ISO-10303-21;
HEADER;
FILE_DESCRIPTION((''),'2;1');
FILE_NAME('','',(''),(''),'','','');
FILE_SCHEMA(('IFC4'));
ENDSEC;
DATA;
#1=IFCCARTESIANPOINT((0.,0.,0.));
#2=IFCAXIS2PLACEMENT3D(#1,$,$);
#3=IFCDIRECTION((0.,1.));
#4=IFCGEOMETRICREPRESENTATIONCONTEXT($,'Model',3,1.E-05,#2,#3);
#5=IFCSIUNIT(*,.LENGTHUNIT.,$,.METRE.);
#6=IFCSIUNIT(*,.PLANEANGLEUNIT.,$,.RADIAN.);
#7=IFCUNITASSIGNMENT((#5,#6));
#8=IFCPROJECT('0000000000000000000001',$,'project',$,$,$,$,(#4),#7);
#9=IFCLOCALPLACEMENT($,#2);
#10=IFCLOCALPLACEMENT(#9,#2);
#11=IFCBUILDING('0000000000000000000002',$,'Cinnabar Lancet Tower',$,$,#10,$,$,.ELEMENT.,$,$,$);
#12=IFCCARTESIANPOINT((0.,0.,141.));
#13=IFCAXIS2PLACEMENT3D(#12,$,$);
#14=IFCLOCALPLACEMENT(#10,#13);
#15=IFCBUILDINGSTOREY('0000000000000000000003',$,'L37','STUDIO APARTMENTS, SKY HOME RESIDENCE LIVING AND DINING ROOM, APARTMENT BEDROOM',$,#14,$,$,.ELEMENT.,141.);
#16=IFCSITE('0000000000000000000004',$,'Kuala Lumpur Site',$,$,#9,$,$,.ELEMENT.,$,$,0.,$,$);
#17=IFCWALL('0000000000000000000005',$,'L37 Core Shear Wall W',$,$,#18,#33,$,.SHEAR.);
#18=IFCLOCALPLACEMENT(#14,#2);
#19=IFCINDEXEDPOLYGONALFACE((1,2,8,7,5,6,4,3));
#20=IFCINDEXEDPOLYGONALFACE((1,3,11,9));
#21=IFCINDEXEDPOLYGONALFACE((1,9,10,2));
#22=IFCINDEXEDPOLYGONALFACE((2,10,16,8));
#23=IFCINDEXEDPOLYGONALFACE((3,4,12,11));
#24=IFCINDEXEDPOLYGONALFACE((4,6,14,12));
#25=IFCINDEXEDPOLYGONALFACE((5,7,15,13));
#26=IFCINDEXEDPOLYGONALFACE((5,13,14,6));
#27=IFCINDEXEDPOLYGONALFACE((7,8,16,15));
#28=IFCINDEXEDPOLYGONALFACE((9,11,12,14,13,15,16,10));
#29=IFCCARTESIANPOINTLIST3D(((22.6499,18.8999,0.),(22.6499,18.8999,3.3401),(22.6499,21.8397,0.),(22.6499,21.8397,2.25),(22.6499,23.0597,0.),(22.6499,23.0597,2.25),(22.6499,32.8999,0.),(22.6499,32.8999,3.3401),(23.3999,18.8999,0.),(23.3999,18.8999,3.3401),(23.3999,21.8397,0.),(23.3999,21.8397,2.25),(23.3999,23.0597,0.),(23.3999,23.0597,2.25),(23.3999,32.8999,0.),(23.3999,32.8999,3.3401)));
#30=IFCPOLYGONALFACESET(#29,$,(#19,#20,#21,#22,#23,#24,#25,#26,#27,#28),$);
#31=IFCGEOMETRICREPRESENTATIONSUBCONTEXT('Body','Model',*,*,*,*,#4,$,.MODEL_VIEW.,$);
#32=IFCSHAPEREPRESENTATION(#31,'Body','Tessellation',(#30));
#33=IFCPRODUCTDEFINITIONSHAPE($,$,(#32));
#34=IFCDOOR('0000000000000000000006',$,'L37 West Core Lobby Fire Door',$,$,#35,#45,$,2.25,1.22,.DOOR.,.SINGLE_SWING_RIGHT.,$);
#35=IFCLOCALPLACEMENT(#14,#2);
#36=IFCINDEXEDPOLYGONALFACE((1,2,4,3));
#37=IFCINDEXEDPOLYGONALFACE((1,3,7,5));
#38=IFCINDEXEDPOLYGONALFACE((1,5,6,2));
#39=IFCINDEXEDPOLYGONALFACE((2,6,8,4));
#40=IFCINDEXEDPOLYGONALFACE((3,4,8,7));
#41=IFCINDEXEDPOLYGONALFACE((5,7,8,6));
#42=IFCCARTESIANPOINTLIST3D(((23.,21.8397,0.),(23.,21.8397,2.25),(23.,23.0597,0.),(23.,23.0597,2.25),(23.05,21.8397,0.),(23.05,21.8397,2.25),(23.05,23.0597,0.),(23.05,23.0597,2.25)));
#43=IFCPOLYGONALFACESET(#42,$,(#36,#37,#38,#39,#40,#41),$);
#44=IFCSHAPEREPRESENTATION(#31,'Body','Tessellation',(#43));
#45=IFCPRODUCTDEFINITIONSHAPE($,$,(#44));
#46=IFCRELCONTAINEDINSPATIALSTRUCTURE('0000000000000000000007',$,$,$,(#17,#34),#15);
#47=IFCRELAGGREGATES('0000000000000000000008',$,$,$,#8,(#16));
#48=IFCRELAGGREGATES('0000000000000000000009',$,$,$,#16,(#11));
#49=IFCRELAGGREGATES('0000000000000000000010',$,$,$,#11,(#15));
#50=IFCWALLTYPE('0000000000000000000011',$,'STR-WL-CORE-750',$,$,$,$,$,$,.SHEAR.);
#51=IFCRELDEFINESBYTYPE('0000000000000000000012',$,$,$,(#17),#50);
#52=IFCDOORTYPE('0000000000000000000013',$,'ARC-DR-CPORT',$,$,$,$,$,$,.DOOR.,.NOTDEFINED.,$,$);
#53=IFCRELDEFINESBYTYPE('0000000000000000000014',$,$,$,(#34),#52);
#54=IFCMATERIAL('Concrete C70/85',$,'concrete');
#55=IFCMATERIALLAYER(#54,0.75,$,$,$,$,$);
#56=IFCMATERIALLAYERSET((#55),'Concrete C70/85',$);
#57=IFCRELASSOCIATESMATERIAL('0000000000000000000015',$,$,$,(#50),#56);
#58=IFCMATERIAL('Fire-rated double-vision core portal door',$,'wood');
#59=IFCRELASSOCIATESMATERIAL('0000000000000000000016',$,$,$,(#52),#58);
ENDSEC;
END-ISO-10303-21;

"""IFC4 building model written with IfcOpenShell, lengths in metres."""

from ifc_helpers import new_model, si_unit, direction, frame, frame_2d, origin, place, context, subcontext, project, spatial, rectangle, extrude, material, layer, layer_set, type_object, element, fill, save


model = new_model("IFC4")

# Units and contexts
model_context = context("Model", 3, precision=1e-05, world=origin(), true_north=direction((0.0, 1.0)))
body_context = subcontext(model_context, "Body", "Model", "MODEL_VIEW")
ifc_project = project(units=[si_unit("LENGTHUNIT", "METRE"), si_unit("PLANEANGLEUNIT", "RADIAN")], contexts=[model_context])

# Site, building, storey
site_placement = place(None, origin())
site = spatial("IfcSite", under=ifc_project, at=site_placement, Name="Kuala Lumpur Site", CompositionType="ELEMENT", RefElevation=0.0)
building_placement = place(site_placement, origin())
building = spatial("IfcBuilding", under=site, at=building_placement, Name="Cinnabar Lancet Tower", CompositionType="ELEMENT")
storey_placement = place(building_placement, frame((0.0, 0.0, 141.0)))
storey = spatial("IfcBuildingStorey", under=building, at=storey_placement, Name="L37", Description="STUDIO APARTMENTS, SKY HOME RESIDENCE LIVING AND DINING ROOM, APARTMENT BEDROOM", CompositionType="ELEMENT", Elevation=141.0)

# Shared definitions
ifc_material_1 = material(Name="Concrete C70/85", Category="concrete")
ifc_layer_1 = layer(ifc_material_1, 0.75)
ifc_layer_set_1 = layer_set([ifc_layer_1], Name="Concrete C70/85")
wall_type_1 = type_object("IfcWallType", Name="STR-WL-CORE-750", PredefinedType="SHEAR", material=ifc_layer_set_1)

# Wall, opening, door
wall_1_placement = place(storey_placement, frame((23.0249, 18.8999, 0.0), z_axis=(0.0, 0.0, 1.0), x_axis=(0.0, 1.0, 0.0)))
wall_1 = element("IfcWall", 1, at=wall_1_placement, inside=storey, type_object=wall_type_1, Name="L37 Core Shear Wall W", PredefinedType="SHEAR", context=body_context, shape_type="SweptSolid", body=[
    extrude(rectangle(XDim=14.0, YDim=0.75, at=frame_2d((7.0, 0.0))), origin(), (0.0, 0.0, 1.0), 3.3401),
])
opening_1_placement = place(wall_1_placement, frame((2.9399, 0.0, 0.0)))
opening_1 = element("IfcOpeningElement", 2, at=opening_1_placement, cuts=wall_1, PredefinedType="OPENING", context=body_context, shape_type="SweptSolid", body=[
    extrude(rectangle(XDim=1.22, YDim=2.25, at=frame_2d((0.6099, 1.125))), frame((0.0, 0.385, 0.0), z_axis=(0.0, -1.0, 0.0), x_axis=(1.0, 0.0, 0.0)), (0.0, 0.0, 1.0), 0.77),
])
ifc_material_2 = material(Name="Fire-rated double-vision core portal door", Category="wood")
door_type_1 = type_object("IfcDoorType", Name="ARC-DR-CPORT", OperationType="NOTDEFINED", PredefinedType="DOOR", material=ifc_material_2)
door_1_placement = place(opening_1_placement, origin())
door_1 = element("IfcDoor", 3, at=door_1_placement, inside=storey, type_object=door_type_1, Name="L37 West Core Lobby Fire Door", OperationType="SINGLE_SWING_RIGHT", OverallHeight=2.25, OverallWidth=1.22, PredefinedType="DOOR", context=body_context, shape_type="SweptSolid", body=[
    extrude(rectangle(XDim=1.22, YDim=2.25, at=frame_2d((0.6099, 1.125))), frame((0.0, 0.0249, 0.0), z_axis=(0.0, -1.0, 0.0), x_axis=(1.0, 0.0, 0.0)), (0.0, 0.0, 1.0), 0.05),
])
fill(opening_1, door_1)

save(model, "model.ifc")
